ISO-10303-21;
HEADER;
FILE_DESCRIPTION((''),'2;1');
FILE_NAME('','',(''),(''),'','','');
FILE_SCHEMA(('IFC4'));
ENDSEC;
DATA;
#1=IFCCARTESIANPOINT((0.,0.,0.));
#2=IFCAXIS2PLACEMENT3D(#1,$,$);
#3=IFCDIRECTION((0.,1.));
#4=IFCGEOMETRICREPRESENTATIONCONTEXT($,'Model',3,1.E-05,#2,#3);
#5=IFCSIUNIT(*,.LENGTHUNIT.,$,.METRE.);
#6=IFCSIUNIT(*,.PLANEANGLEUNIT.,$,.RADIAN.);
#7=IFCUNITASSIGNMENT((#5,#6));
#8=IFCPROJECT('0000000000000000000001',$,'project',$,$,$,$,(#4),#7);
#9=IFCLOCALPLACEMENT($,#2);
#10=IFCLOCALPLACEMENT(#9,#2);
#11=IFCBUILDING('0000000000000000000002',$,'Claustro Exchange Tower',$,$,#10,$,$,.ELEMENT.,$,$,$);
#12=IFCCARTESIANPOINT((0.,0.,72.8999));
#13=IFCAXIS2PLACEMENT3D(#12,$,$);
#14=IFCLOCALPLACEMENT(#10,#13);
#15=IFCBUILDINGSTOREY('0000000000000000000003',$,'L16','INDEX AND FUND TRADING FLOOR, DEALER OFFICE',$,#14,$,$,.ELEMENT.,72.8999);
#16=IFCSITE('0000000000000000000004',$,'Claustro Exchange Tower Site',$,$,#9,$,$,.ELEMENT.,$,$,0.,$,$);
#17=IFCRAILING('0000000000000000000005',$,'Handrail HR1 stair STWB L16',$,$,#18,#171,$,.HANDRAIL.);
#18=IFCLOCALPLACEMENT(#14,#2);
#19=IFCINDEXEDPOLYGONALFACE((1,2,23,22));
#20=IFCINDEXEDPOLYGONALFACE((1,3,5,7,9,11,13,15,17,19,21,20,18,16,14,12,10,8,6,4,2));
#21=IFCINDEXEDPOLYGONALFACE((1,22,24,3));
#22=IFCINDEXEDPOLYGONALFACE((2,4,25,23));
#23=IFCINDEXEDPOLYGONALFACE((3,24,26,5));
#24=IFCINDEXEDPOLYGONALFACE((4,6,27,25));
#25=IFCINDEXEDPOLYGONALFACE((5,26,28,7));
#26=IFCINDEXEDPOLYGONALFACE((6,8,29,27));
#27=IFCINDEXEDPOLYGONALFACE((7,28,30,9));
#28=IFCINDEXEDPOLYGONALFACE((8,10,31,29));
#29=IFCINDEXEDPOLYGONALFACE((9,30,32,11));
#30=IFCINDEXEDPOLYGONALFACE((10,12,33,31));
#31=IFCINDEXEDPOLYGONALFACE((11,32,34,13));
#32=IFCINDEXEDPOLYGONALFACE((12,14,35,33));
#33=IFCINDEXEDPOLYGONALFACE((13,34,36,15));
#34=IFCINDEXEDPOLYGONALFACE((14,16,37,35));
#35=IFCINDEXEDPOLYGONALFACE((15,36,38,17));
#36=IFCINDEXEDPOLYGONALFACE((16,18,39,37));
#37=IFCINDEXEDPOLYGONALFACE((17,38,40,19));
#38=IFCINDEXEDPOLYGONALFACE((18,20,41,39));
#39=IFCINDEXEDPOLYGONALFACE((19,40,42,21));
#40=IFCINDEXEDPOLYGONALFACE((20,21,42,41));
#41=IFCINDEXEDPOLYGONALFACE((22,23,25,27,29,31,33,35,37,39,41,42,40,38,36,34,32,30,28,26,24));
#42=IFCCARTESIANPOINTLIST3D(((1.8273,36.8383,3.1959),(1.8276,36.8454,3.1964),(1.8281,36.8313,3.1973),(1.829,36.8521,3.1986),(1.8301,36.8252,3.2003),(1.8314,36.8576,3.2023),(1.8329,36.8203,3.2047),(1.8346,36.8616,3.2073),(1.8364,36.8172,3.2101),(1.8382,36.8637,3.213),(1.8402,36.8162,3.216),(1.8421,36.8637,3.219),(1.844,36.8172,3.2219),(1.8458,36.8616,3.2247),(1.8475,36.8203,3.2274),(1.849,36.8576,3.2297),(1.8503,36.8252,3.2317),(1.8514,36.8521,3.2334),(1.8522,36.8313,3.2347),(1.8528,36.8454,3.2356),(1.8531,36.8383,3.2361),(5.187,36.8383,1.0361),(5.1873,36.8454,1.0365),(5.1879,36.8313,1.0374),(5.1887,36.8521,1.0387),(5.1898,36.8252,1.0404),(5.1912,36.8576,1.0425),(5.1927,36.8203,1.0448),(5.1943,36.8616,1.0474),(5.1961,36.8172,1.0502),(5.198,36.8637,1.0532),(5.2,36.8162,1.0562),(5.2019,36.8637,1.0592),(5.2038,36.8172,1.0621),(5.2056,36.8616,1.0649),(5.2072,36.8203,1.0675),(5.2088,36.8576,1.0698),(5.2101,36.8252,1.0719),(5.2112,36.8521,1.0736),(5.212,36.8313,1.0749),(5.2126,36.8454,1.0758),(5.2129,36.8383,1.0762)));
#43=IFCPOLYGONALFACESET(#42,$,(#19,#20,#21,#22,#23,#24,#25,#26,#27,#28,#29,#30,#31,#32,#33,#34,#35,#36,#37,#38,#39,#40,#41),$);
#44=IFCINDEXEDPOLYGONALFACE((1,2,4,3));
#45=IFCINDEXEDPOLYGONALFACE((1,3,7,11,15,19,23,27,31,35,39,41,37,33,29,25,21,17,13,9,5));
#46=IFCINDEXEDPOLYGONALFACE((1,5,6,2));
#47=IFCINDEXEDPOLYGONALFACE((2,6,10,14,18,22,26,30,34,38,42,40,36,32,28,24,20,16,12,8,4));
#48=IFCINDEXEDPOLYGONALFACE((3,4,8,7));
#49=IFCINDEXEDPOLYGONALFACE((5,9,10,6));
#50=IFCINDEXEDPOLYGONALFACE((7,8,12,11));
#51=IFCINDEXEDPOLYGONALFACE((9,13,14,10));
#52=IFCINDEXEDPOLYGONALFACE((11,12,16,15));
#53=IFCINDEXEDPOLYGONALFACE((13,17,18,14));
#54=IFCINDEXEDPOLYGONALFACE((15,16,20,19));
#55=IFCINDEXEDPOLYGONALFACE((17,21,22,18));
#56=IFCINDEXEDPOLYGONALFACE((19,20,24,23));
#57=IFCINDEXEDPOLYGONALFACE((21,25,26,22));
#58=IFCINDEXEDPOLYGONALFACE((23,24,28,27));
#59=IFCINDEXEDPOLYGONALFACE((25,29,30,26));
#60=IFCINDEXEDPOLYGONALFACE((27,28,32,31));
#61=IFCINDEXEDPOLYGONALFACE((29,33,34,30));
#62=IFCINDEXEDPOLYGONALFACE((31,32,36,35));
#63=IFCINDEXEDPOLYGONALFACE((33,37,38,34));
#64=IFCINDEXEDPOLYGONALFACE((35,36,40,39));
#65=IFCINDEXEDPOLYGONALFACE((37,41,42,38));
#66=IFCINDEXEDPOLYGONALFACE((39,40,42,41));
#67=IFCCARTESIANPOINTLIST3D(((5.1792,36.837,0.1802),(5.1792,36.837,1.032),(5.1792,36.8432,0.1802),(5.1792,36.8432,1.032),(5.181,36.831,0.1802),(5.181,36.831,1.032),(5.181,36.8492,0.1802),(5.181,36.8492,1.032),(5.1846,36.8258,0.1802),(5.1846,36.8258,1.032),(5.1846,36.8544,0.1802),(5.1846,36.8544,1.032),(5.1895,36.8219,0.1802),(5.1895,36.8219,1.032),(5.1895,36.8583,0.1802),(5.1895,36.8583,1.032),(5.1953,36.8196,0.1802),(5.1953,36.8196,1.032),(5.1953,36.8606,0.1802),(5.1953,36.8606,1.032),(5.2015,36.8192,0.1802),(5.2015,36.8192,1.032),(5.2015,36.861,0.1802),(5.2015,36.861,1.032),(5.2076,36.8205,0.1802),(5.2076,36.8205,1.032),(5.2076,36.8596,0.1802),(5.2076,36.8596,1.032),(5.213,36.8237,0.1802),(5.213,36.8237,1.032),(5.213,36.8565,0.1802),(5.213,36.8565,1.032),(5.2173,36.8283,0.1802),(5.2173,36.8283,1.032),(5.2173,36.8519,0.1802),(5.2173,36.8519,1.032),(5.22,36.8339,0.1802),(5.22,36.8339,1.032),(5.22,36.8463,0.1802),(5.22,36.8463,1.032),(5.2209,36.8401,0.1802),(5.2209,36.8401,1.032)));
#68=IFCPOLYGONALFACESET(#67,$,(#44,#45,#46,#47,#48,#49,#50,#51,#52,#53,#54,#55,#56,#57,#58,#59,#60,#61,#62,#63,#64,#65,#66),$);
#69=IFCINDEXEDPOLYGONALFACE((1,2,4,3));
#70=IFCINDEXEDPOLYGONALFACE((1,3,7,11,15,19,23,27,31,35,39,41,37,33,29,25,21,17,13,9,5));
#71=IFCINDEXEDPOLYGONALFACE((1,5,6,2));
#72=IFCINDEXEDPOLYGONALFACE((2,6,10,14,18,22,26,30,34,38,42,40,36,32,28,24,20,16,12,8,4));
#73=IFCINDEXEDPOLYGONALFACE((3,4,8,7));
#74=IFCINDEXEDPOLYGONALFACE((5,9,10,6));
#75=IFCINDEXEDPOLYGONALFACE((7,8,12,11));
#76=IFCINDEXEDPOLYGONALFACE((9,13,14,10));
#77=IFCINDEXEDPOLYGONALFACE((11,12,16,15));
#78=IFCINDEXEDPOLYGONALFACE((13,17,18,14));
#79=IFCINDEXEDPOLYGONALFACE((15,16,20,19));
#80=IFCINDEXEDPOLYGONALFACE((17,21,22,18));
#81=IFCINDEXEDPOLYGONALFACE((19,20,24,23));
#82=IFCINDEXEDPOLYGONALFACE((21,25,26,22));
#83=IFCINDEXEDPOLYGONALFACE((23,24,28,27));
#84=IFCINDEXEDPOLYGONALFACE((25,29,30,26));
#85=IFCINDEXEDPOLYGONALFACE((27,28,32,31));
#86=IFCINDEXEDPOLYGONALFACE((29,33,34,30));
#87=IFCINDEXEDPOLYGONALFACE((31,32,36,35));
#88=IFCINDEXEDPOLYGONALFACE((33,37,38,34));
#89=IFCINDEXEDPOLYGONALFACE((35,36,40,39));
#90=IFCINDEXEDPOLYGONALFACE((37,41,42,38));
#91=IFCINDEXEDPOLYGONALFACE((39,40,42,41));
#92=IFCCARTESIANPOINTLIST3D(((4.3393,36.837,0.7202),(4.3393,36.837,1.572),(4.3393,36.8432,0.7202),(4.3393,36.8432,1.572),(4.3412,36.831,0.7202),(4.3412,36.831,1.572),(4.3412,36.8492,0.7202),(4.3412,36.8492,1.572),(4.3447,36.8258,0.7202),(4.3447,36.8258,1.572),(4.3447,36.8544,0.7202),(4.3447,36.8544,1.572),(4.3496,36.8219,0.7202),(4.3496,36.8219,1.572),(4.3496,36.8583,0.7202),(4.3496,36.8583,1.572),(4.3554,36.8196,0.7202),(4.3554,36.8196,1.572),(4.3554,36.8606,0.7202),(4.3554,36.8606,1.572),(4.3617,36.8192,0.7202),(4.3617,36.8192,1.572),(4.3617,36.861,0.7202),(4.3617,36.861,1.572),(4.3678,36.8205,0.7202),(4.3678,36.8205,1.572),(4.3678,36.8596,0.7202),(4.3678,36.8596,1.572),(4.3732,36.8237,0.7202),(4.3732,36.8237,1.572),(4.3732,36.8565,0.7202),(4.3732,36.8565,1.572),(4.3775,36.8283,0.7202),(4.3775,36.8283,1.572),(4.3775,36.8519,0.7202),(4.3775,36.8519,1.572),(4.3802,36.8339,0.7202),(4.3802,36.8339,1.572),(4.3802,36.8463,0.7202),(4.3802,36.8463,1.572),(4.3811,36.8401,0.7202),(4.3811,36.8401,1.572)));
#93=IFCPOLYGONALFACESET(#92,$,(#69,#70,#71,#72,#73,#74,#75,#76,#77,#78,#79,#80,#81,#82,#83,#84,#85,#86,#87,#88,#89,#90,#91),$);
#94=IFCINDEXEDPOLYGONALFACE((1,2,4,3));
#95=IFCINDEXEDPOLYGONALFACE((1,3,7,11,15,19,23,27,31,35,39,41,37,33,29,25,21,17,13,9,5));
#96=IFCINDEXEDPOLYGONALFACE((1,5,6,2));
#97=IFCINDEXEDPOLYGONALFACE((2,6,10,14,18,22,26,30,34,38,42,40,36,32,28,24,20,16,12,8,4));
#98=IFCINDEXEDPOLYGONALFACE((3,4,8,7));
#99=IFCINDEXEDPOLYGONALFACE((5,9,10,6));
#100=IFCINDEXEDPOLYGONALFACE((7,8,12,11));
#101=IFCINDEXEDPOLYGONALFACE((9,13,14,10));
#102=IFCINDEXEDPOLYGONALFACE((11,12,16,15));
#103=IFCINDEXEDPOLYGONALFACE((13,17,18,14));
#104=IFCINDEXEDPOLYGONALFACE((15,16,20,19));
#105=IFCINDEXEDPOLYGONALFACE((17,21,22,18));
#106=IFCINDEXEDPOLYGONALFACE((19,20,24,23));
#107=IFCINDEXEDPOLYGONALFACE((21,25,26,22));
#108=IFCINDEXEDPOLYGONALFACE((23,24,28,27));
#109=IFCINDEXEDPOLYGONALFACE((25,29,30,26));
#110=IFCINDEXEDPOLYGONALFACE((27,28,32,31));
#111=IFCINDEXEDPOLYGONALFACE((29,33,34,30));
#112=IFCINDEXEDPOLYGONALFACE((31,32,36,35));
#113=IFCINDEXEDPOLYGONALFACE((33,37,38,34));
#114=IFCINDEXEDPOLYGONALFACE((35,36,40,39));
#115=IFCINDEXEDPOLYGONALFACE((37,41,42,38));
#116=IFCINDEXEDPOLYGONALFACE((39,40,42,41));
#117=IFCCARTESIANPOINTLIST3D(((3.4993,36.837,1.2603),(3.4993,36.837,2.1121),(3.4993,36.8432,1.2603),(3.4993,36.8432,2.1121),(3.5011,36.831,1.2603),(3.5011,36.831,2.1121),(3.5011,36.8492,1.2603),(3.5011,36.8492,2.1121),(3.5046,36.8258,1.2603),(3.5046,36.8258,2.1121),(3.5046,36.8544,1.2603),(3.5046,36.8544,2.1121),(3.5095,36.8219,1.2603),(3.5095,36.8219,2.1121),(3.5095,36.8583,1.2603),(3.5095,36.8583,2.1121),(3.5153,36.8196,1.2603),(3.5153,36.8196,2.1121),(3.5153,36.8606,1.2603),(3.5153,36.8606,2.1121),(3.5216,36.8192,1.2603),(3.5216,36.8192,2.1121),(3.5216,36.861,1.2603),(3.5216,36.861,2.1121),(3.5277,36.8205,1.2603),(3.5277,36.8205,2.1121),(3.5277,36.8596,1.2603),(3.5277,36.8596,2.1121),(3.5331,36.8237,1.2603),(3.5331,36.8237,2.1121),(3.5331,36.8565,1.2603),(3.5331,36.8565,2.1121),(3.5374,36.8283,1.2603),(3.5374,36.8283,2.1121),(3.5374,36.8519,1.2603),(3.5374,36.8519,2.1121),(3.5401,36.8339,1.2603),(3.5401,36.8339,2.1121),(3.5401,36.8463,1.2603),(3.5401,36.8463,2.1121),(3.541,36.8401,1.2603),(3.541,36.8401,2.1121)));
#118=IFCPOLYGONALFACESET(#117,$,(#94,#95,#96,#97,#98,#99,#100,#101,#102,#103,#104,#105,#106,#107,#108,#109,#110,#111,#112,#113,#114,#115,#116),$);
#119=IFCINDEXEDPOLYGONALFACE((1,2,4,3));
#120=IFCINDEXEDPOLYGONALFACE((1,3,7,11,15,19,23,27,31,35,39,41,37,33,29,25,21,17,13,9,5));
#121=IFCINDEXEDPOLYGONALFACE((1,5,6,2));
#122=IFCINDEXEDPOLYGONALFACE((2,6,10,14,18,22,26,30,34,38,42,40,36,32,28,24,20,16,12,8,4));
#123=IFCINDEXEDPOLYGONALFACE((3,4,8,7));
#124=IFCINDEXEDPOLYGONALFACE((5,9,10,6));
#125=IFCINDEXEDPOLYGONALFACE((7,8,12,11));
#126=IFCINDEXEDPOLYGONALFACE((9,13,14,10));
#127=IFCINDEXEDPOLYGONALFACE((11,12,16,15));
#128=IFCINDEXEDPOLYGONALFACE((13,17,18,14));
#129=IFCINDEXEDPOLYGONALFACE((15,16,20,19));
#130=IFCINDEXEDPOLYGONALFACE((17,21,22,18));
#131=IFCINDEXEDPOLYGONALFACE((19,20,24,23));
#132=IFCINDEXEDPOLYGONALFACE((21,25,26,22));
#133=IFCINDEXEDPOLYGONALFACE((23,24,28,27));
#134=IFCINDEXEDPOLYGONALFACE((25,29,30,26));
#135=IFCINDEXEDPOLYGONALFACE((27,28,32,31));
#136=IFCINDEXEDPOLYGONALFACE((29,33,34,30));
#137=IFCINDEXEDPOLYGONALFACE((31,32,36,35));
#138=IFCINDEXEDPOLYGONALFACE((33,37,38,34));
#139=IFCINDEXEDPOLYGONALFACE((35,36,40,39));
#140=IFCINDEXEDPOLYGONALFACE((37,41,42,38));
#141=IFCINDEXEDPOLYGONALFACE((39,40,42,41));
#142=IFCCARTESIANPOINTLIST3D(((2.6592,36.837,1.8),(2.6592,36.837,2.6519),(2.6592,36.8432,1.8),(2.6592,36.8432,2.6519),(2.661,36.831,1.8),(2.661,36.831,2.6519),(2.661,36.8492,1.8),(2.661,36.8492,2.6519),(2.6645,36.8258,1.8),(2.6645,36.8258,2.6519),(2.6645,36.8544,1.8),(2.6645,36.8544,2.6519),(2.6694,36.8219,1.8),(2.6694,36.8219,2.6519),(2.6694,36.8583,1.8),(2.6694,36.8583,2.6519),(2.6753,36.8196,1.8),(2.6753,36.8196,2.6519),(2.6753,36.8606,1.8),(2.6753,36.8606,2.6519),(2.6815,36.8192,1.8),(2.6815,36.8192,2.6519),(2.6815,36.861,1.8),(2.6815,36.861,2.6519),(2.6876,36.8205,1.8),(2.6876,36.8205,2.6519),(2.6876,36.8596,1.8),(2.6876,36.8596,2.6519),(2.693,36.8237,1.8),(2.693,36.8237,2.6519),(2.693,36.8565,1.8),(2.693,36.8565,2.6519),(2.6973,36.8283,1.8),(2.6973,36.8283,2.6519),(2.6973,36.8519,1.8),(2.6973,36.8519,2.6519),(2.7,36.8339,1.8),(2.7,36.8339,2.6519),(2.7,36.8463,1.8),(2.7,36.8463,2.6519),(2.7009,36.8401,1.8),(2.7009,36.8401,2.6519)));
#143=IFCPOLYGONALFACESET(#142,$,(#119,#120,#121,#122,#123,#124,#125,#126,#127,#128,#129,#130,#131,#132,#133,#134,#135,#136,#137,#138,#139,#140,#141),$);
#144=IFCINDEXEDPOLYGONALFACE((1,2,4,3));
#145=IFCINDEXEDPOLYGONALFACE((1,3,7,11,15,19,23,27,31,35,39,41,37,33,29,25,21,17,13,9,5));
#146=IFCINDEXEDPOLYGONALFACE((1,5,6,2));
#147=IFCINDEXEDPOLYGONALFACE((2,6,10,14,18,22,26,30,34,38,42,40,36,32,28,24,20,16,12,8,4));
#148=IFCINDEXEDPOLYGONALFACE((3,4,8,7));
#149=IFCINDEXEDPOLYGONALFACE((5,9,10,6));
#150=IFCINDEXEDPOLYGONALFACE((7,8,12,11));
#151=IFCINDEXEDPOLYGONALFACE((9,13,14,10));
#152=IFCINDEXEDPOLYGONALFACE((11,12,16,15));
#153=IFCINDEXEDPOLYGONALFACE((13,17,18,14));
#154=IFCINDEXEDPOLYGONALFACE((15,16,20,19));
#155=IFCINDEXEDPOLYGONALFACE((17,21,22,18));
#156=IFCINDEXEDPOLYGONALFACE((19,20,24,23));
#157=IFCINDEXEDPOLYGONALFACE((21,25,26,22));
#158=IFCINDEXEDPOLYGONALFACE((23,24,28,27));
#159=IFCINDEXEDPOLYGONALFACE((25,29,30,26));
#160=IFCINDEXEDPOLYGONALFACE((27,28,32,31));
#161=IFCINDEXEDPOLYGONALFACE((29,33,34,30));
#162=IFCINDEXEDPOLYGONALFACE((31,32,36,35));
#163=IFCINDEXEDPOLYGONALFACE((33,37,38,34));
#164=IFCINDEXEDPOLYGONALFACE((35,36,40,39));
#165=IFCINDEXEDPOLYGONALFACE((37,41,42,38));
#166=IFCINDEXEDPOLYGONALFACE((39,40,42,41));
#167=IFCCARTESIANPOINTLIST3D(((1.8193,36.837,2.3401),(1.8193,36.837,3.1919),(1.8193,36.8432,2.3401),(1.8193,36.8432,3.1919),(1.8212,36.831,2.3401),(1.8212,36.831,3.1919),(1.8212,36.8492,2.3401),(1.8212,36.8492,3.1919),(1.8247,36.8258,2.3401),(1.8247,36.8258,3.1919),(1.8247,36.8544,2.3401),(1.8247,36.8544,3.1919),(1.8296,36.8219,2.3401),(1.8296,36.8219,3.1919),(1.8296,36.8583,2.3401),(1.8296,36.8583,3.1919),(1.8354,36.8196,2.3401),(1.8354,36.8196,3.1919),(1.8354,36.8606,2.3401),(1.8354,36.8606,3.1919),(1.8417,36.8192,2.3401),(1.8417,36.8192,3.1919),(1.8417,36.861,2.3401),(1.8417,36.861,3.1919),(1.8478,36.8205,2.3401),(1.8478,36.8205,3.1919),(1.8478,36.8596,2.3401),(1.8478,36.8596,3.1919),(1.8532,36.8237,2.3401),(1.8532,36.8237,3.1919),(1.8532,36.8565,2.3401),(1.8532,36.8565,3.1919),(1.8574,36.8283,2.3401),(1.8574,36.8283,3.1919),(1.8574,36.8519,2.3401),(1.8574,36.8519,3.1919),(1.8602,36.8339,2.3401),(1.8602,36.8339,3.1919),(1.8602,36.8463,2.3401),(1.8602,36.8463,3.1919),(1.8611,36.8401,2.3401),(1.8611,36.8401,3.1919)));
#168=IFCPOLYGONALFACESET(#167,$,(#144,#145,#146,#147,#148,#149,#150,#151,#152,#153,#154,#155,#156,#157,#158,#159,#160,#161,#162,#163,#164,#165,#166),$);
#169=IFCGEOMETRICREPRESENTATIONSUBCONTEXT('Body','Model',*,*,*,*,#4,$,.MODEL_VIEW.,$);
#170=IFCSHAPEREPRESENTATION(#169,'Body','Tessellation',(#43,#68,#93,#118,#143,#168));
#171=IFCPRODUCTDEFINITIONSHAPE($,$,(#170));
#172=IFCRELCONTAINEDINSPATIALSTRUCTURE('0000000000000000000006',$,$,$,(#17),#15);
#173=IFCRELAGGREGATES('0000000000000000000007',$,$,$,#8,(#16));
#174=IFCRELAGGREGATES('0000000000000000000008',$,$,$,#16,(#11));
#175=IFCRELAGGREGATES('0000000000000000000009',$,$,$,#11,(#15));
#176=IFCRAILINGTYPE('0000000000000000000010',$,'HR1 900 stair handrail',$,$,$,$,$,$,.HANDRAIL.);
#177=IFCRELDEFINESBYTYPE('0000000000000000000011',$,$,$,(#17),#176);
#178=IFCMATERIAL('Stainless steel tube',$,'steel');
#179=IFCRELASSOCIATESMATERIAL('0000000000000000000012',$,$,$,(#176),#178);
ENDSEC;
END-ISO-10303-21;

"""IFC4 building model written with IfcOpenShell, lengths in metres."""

from ifc_helpers import new_model, si_unit, direction, frame, origin, origin_2d, place, context, subcontext, project, spatial, circle, extrude, material, type_object, element, save


model = new_model("IFC4")

# Units and contexts
model_context = context("Model", 3, precision=1e-05, world=origin(), true_north=direction((0.0, 1.0)))
body_context = subcontext(model_context, "Body", "Model", "MODEL_VIEW")
ifc_project = project(units=[si_unit("LENGTHUNIT", "METRE"), si_unit("PLANEANGLEUNIT", "RADIAN")], contexts=[model_context])

# Site, building, storey
site_placement = place(None, origin())
site = spatial("IfcSite", under=ifc_project, at=site_placement, Name="Claustro Exchange Tower Site", CompositionType="ELEMENT", RefElevation=0.0)
building_placement = place(site_placement, origin())
building = spatial("IfcBuilding", under=site, at=building_placement, Name="Claustro Exchange Tower", CompositionType="ELEMENT")
storey_placement = place(building_placement, frame((0.0, 0.0, 72.8999)))
storey = spatial("IfcBuildingStorey", under=building, at=storey_placement, Name="L16", Description="INDEX AND FUND TRADING FLOOR, DEALER OFFICE", CompositionType="ELEMENT", Elevation=72.8999)

# Railing
ifc_material_1 = material(Name="Stainless steel tube", Category="steel")
railing_type_1 = type_object("IfcRailingType", Name="HR1 900 stair handrail", PredefinedType="HANDRAIL", material=ifc_material_1)
railing_1_placement = place(storey_placement, frame((5.2, 36.8401, 0.1802)))
element("IfcRailing", 1, at=railing_1_placement, inside=storey, type_object=railing_type_1, Name="Handrail HR1 stair STWB L16", PredefinedType="HANDRAIL", context=body_context, shape_type="SweptSolid", body=[
    extrude(circle(Radius=0.0239, at=origin_2d()), frame((0.0, 0.0, 0.876), z_axis=(-0.841178, 0.0, 0.540758), x_axis=(0.0, -1.0, 0.0)), (0.0, 0.0, 1.0), 3.9941),
    extrude(circle(Radius=0.021, at=origin_2d()), origin(), (0.0, 0.0, 1.0), 0.8518),
    extrude(circle(Radius=0.021, at=origin_2d()), frame((-0.8398, 0.0, 0.54)), (0.0, 0.0, 1.0), 0.8518),
    extrude(circle(Radius=0.021, at=origin_2d()), frame((-1.6799, 0.0, 1.0801)), (0.0, 0.0, 1.0), 0.8518),
    extrude(circle(Radius=0.021, at=origin_2d()), frame((-2.52, 0.0, 1.6199)), (0.0, 0.0, 1.0), 0.8518),
    extrude(circle(Radius=0.021, at=origin_2d()), frame((-3.3599, 0.0, 2.1599)), (0.0, 0.0, 1.0), 0.8518),
])

save(model, "model.ifc")
